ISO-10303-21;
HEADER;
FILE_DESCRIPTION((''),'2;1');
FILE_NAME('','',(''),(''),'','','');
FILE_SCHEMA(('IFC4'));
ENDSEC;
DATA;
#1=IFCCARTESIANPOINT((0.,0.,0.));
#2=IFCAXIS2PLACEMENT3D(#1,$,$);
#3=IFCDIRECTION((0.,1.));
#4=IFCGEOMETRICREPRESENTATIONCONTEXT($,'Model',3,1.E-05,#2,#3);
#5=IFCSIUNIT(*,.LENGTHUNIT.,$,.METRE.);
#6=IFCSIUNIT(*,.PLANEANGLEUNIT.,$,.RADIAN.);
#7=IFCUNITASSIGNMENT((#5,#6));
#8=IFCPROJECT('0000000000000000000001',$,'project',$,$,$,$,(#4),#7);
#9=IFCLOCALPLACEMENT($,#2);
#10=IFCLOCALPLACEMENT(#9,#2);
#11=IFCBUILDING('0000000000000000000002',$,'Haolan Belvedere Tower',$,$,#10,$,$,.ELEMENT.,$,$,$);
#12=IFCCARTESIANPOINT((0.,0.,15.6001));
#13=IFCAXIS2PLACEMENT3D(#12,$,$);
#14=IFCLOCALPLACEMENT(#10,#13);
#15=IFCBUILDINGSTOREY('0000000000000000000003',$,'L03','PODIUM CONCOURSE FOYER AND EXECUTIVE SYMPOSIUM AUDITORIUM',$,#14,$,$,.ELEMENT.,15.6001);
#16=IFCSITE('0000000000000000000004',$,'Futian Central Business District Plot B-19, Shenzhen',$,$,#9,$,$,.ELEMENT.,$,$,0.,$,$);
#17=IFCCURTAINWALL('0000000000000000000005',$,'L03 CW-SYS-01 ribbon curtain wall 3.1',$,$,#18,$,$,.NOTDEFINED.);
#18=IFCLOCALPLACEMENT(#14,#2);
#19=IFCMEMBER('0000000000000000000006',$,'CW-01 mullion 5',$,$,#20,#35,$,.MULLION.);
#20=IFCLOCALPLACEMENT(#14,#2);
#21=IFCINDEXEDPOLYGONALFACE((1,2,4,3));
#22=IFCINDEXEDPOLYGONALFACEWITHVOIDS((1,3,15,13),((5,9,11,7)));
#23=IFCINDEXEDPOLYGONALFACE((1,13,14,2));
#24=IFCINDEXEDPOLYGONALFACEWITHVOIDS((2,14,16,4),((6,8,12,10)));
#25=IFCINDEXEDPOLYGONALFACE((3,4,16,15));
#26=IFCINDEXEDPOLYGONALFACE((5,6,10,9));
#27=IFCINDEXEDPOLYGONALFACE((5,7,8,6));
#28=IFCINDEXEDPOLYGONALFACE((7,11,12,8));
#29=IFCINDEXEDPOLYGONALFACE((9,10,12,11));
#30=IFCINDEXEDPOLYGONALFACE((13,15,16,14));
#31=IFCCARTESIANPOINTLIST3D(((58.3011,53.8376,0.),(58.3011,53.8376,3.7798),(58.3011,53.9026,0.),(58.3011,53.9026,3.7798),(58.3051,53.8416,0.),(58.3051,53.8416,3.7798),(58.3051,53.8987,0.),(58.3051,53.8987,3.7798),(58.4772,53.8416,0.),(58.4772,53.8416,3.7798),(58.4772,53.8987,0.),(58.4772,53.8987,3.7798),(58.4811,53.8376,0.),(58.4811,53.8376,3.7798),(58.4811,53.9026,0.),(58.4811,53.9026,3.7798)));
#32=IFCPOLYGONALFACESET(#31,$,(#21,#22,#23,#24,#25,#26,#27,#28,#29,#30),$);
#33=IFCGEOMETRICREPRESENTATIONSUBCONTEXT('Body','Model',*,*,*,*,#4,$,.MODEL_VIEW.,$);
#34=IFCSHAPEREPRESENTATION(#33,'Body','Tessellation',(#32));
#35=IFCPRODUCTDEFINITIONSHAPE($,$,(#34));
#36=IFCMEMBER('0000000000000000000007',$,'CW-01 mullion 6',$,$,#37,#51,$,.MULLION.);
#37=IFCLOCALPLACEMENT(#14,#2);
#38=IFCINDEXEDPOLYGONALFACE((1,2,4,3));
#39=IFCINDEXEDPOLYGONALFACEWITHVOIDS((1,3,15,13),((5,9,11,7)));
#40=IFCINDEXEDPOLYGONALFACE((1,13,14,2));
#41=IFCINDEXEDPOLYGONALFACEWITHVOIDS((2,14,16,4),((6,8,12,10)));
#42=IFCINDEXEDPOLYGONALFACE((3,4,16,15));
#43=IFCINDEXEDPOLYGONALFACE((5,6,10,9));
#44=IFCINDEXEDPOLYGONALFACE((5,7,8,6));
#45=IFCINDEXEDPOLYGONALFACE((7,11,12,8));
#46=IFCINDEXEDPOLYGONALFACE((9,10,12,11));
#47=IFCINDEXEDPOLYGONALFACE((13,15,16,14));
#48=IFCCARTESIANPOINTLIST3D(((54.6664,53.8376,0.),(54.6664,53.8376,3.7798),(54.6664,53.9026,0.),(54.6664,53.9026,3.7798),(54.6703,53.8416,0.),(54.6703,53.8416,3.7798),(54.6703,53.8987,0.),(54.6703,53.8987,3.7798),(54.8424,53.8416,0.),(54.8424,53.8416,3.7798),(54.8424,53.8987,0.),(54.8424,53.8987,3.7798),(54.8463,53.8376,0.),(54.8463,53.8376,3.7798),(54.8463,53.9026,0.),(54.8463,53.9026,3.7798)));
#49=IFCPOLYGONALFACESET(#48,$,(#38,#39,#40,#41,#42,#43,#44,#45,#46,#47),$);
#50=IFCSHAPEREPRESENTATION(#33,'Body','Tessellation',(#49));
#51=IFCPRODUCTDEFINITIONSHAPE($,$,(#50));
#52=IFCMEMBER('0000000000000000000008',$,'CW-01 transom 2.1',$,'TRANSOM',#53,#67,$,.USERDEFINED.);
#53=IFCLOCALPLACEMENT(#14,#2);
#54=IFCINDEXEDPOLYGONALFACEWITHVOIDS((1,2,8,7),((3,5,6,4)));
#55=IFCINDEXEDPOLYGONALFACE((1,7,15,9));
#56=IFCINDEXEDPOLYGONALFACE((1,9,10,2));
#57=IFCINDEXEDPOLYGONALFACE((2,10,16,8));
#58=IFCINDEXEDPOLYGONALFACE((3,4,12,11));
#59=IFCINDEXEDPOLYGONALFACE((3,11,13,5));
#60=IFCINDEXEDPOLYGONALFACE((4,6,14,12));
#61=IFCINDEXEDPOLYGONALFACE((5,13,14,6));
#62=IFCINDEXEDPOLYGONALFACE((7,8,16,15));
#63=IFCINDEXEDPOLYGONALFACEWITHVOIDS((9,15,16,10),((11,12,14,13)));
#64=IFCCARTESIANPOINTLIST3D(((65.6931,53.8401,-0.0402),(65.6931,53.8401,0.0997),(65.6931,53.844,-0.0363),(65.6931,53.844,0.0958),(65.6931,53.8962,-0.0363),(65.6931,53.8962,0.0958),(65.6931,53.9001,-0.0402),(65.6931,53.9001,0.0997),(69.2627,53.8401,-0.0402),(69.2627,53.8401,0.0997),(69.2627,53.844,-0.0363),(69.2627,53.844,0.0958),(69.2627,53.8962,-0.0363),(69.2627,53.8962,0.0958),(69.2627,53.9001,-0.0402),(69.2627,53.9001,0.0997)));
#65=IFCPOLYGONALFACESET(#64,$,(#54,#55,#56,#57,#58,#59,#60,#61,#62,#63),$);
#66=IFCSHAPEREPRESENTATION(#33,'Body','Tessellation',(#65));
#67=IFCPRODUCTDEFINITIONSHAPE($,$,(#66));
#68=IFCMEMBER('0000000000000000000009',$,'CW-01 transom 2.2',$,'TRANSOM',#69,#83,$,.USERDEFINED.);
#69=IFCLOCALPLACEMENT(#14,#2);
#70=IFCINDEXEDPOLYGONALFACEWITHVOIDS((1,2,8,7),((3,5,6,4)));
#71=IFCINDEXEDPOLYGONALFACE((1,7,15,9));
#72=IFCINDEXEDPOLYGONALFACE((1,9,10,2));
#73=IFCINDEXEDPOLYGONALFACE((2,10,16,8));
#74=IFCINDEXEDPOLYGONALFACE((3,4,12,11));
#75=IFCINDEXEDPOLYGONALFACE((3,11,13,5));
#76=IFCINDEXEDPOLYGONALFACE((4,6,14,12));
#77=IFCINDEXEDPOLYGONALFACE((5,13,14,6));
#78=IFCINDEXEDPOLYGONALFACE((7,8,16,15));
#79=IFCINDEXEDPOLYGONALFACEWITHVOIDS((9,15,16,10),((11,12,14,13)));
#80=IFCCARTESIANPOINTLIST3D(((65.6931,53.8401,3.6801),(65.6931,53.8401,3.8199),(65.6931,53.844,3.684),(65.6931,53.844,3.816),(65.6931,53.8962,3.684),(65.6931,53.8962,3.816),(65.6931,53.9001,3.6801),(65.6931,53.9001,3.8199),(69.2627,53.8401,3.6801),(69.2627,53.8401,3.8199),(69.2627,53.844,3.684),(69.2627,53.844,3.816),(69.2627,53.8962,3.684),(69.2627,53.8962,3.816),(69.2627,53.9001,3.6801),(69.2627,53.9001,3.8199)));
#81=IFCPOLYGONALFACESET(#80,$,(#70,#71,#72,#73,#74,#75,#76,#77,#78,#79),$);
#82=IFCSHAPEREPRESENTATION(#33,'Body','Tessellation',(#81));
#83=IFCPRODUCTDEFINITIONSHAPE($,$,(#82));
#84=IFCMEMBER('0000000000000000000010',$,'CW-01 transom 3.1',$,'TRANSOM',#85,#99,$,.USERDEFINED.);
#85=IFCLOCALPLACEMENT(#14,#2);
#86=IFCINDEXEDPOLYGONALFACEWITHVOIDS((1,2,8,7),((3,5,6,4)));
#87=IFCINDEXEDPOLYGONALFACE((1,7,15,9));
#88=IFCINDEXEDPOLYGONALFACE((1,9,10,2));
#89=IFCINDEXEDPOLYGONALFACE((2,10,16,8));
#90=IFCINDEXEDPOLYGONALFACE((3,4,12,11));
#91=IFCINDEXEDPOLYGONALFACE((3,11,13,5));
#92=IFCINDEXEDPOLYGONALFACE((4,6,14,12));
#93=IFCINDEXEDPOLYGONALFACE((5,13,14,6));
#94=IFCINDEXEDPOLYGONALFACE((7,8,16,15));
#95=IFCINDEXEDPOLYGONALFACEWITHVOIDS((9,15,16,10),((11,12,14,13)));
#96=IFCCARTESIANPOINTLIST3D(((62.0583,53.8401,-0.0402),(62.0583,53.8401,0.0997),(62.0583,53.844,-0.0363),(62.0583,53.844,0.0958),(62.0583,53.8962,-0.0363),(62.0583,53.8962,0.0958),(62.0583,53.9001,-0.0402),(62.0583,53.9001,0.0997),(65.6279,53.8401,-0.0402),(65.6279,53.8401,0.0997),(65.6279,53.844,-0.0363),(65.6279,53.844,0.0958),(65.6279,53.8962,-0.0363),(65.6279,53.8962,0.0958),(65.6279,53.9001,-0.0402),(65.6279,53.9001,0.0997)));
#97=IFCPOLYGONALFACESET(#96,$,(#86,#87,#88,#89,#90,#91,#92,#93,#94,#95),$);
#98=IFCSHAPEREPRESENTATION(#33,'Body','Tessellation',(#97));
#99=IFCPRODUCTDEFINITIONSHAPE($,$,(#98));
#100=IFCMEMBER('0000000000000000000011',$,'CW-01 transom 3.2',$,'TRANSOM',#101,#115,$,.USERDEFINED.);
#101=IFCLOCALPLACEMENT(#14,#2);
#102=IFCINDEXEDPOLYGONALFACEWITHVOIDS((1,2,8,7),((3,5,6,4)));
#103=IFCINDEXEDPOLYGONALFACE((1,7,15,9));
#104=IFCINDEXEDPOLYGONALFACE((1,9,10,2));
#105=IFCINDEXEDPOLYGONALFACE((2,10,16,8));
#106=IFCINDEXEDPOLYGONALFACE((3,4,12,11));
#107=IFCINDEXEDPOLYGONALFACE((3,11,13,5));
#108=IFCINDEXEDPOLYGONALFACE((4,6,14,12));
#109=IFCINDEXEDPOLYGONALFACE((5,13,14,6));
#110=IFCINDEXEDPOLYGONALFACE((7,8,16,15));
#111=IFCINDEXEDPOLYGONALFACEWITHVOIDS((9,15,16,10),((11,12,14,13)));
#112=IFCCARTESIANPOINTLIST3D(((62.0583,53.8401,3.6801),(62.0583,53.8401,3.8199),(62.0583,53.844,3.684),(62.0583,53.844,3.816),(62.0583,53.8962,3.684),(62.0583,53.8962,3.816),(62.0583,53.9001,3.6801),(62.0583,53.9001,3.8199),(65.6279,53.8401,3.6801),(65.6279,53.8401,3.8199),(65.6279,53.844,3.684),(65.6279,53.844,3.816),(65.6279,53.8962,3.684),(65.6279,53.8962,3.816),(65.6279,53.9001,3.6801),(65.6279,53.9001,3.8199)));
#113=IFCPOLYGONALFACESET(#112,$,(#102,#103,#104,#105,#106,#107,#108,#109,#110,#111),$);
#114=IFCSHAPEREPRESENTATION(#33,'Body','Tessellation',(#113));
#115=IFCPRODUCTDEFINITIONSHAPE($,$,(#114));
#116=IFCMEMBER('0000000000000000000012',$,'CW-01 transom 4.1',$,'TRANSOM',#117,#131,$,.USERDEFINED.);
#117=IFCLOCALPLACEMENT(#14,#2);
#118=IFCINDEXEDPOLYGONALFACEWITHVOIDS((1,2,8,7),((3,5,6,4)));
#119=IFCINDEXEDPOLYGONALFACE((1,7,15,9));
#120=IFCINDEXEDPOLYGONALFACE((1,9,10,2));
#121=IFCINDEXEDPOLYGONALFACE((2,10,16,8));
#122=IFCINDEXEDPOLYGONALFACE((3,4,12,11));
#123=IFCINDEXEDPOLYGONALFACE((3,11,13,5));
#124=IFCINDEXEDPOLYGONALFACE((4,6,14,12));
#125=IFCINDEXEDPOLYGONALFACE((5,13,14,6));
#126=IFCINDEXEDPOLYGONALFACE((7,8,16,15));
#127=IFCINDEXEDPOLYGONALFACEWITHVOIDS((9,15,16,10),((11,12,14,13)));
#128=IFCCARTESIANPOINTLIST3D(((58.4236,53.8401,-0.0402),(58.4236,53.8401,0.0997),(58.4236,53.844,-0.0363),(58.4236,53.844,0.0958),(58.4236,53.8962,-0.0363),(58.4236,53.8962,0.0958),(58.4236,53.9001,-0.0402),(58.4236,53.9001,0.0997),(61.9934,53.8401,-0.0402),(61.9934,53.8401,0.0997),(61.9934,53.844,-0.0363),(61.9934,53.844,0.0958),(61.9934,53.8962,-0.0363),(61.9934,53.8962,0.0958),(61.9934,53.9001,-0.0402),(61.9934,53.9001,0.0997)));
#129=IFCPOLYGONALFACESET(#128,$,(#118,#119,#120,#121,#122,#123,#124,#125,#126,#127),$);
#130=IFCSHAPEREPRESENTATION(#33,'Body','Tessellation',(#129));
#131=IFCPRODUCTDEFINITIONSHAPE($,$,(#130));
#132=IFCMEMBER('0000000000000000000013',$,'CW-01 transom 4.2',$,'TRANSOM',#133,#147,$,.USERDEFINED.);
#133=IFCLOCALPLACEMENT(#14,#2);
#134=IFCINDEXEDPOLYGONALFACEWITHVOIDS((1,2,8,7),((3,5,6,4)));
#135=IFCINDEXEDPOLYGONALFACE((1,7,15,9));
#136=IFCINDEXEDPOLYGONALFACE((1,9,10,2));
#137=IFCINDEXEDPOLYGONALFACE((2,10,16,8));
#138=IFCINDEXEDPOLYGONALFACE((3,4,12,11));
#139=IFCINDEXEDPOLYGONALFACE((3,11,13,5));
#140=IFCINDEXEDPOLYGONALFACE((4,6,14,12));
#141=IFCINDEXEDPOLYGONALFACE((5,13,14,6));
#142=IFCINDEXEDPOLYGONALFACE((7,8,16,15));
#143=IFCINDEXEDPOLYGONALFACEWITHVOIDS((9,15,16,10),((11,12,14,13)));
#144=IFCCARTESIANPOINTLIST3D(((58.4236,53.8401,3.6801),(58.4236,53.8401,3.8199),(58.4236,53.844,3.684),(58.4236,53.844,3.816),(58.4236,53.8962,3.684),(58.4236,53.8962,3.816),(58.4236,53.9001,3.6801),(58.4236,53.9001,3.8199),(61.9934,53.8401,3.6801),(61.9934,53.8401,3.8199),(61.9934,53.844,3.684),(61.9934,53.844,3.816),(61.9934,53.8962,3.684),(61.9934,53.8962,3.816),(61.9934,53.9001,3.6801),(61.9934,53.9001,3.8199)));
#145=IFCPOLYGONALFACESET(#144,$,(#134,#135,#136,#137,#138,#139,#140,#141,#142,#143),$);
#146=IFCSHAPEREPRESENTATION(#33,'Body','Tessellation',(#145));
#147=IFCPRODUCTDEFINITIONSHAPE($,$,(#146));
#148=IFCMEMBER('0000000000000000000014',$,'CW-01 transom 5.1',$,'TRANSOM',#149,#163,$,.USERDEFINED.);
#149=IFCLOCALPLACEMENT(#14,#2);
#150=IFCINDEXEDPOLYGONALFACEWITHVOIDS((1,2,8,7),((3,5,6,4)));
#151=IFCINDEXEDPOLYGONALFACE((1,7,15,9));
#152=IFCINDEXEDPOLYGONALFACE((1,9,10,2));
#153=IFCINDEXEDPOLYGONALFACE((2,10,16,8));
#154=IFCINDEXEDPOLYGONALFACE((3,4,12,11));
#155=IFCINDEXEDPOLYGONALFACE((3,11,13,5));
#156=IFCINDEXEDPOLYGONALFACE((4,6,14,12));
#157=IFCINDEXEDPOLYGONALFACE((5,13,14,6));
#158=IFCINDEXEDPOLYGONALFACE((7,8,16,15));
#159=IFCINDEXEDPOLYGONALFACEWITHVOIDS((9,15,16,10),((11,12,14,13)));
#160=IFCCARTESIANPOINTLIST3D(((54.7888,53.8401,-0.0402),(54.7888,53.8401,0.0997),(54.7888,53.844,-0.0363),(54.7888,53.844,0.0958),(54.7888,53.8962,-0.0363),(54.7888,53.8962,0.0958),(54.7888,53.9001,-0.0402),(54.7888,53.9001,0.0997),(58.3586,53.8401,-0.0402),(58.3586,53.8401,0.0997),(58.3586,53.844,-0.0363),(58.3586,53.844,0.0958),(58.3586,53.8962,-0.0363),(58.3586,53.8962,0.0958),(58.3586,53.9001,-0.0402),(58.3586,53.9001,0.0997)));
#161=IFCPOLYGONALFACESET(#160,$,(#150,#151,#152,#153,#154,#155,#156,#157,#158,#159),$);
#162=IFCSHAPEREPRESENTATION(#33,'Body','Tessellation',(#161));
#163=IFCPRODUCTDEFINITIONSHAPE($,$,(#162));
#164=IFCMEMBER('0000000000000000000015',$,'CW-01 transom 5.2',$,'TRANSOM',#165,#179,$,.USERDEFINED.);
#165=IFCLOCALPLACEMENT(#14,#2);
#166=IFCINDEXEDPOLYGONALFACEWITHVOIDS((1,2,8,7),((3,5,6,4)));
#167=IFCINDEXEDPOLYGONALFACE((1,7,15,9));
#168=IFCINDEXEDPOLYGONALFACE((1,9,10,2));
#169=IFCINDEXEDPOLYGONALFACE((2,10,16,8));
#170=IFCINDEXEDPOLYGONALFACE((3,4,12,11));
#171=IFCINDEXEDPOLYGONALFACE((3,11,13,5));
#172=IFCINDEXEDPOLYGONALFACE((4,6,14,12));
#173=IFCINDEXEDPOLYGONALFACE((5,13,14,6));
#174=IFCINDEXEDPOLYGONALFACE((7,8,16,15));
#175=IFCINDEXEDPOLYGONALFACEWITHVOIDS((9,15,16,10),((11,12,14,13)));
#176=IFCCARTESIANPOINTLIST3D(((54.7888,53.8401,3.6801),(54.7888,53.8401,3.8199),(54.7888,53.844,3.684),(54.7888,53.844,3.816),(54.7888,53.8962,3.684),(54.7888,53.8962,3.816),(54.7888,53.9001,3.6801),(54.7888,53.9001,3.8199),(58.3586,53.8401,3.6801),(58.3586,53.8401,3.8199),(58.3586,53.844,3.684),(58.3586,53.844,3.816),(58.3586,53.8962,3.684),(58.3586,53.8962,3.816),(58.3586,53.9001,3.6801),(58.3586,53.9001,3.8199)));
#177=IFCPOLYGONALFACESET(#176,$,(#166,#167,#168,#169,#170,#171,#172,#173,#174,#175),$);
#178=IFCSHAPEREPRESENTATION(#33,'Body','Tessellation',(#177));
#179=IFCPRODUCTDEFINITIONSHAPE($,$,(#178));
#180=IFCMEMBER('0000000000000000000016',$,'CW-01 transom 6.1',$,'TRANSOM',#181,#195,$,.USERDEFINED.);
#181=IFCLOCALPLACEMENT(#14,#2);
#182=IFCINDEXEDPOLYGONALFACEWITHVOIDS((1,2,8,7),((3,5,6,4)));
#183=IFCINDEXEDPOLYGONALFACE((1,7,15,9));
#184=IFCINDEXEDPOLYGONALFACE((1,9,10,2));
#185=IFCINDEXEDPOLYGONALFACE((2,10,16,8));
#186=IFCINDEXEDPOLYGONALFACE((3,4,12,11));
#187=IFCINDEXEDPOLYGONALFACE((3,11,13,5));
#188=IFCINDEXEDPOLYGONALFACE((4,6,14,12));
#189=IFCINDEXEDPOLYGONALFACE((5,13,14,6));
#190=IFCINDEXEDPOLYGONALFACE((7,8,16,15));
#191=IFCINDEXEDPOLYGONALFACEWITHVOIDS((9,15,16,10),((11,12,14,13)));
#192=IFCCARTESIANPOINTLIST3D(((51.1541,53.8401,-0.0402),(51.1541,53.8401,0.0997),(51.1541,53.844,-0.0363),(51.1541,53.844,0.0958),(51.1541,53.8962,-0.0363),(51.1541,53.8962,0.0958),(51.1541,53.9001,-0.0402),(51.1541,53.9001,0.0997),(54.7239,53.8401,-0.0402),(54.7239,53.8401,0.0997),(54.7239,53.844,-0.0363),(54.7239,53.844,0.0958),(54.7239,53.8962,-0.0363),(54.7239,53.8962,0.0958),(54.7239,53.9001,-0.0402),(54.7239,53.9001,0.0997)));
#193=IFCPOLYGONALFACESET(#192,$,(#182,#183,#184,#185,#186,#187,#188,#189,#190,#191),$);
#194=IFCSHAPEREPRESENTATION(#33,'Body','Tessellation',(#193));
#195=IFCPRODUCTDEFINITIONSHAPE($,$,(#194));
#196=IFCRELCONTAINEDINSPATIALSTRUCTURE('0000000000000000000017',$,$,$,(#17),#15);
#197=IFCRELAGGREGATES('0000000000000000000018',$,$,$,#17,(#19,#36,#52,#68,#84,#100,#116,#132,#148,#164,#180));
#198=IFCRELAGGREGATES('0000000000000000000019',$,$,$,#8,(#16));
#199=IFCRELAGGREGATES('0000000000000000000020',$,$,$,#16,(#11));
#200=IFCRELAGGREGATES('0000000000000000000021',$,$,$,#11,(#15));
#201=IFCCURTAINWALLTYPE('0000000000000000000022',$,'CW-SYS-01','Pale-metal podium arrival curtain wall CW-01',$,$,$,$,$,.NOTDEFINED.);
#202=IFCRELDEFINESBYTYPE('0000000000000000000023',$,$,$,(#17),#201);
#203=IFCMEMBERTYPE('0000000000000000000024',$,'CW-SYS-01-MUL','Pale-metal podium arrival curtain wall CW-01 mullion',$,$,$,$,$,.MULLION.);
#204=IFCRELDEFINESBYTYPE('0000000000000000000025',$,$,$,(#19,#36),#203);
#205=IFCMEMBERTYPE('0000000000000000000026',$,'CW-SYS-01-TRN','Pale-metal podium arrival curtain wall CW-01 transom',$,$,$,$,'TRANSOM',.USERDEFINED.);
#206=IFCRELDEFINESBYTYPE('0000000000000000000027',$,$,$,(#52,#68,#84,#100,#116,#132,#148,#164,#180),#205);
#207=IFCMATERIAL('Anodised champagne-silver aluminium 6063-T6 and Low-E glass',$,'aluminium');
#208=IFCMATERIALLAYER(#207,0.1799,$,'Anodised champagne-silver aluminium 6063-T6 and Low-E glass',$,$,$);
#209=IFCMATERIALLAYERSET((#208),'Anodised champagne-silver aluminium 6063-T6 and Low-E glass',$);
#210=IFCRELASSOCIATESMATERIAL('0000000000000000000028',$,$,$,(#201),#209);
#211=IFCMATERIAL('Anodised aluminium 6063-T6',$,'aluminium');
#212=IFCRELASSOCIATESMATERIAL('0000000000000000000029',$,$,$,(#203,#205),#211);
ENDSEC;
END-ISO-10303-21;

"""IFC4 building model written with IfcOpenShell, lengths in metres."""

from ifc_helpers import new_model, si_unit, direction, frame, origin, origin_2d, place, context, subcontext, project, spatial, hollow_rectangle, extrude, material, layer, layer_set, material_profile, profile_set, type_object, element, aggregate, save


model = new_model("IFC4")

# Units and contexts
model_context = context("Model", 3, precision=1e-05, world=origin(), true_north=direction((0.0, 1.0)))
body_context = subcontext(model_context, "Body", "Model", "MODEL_VIEW")
ifc_project = project(units=[si_unit("LENGTHUNIT", "METRE"), si_unit("PLANEANGLEUNIT", "RADIAN")], contexts=[model_context])

# Site, building, storey
site_placement = place(None, origin())
site = spatial("IfcSite", under=ifc_project, at=site_placement, Name="Futian Central Business District Plot B-19, Shenzhen", CompositionType="ELEMENT", RefElevation=0.0)
building_placement = place(site_placement, origin())
building = spatial("IfcBuilding", under=site, at=building_placement, Name="Haolan Belvedere Tower", CompositionType="ELEMENT")
storey_placement = place(building_placement, frame((0.0, 0.0, 15.6001)))
storey = spatial("IfcBuildingStorey", under=building, at=storey_placement, Name="L03", Description="PODIUM CONCOURSE FOYER AND EXECUTIVE SYMPOSIUM AUDITORIUM", CompositionType="ELEMENT", Elevation=15.6001)

# Curtain wall, members
ifc_material_1 = material(Name="Anodised champagne-silver aluminium 6063-T6 and Low-E glass", Category="aluminium")
ifc_layer_1 = layer(ifc_material_1, 0.1799, Name="Anodised champagne-silver aluminium 6063-T6 and Low-E glass")
ifc_layer_set_1 = layer_set([ifc_layer_1], Name="Anodised champagne-silver aluminium 6063-T6 and Low-E glass")
curtain_wall_type = type_object("IfcCurtainWallType", Name="CW-SYS-01", Description="Pale-metal podium arrival curtain wall CW-01", PredefinedType="NOTDEFINED", material=ifc_layer_set_1)
curtain_wall_placement = place(storey_placement, origin())
curtain_wall = element("IfcCurtainWall", 1, at=curtain_wall_placement, inside=storey, type_object=curtain_wall_type, Name="L03 CW-SYS-01 ribbon curtain wall 3.1", PredefinedType="NOTDEFINED")
ifc_material_2 = material(Name="Anodised aluminium 6063-T6", Category="aluminium")
ifc_material_profile_1 = material_profile(ifc_material_2, hollow_rectangle(XDim=0.0649, YDim=0.1799, WallThickness=0.0039, at=origin_2d()), Name="Anodised aluminium 6063-T6")
ifc_profile_set_1 = profile_set([ifc_material_profile_1], Name="Anodised aluminium 6063-T6")
member_type_1 = type_object("IfcMemberType", Name="CW-SYS-01-MUL", Description="Pale-metal podium arrival curtain wall CW-01 mullion", PredefinedType="MULLION", material=ifc_profile_set_1)
member_1_placement = place(storey_placement, frame((58.3911, 53.8701, 0.0), z_axis=(0.0, 0.0, 1.0), x_axis=(0.0, -1.0, 0.0)))
member_1 = element("IfcMember", 2, at=member_1_placement, type_object=member_type_1, Name="CW-01 mullion 5", PredefinedType="MULLION", context=body_context, shape_type="SweptSolid", body=[
    extrude(hollow_rectangle(XDim=0.0649, YDim=0.1799, WallThickness=0.0039, at=origin_2d()), origin(), (0.0, 0.0, 1.0), 3.7798),
])
member_2_placement = place(storey_placement, frame((54.7563, 53.8701, 0.0), z_axis=(0.0, 0.0, 1.0), x_axis=(0.0, -1.0, 0.0)))
member_2 = element("IfcMember", 3, at=member_2_placement, type_object=member_type_1, Name="CW-01 mullion 6", PredefinedType="MULLION", context=body_context, shape_type="SweptSolid", body=[
    extrude(hollow_rectangle(XDim=0.0649, YDim=0.1799, WallThickness=0.0039, at=origin_2d()), origin(), (0.0, 0.0, 1.0), 3.7798),
])
ifc_material_profile_2 = material_profile(ifc_material_2, hollow_rectangle(XDim=0.0601, YDim=0.1399, WallThickness=0.0039, at=origin_2d()), Name="Anodised aluminium 6063-T6")
ifc_profile_set_2 = profile_set([ifc_material_profile_2], Name="Anodised aluminium 6063-T6")
member_type_2 = type_object("IfcMemberType", Name="CW-SYS-01-TRN", Description="Pale-metal podium arrival curtain wall CW-01 transom", ElementType="TRANSOM", PredefinedType="USERDEFINED", material=ifc_profile_set_2)
member_3_placement = place(storey_placement, frame((69.2627, 53.8701, 0.0298), z_axis=(-1.0, 0.0, 0.0), x_axis=(0.0, -1.0, 0.0)))
member_3 = element("IfcMember", 4, at=member_3_placement, type_object=member_type_2, Name="CW-01 transom 2.1", ObjectType="TRANSOM", PredefinedType="USERDEFINED", context=body_context, shape_type="SweptSolid", body=[
    extrude(hollow_rectangle(XDim=0.0601, YDim=0.1399, WallThickness=0.0039, at=origin_2d()), origin(), (0.0, 0.0, 1.0), 3.5696),
])
member_4_placement = place(storey_placement, frame((69.2627, 53.8701, 3.75), z_axis=(-1.0, 0.0, 0.0), x_axis=(0.0, -1.0, 0.0)))
member_4 = element("IfcMember", 5, at=member_4_placement, type_object=member_type_2, Name="CW-01 transom 2.2", ObjectType="TRANSOM", PredefinedType="USERDEFINED", context=body_context, shape_type="SweptSolid", body=[
    extrude(hollow_rectangle(XDim=0.0601, YDim=0.1399, WallThickness=0.0039, at=origin_2d()), origin(), (0.0, 0.0, 1.0), 3.5696),
])
member_5_placement = place(storey_placement, frame((65.6279, 53.8701, 0.0298), z_axis=(-1.0, 0.0, 0.0), x_axis=(0.0, -1.0, 0.0)))
member_5 = element("IfcMember", 6, at=member_5_placement, type_object=member_type_2, Name="CW-01 transom 3.1", ObjectType="TRANSOM", PredefinedType="USERDEFINED", context=body_context, shape_type="SweptSolid", body=[
    extrude(hollow_rectangle(XDim=0.0601, YDim=0.1399, WallThickness=0.0039, at=origin_2d()), origin(), (0.0, 0.0, 1.0), 3.5696),
])
member_6_placement = place(storey_placement, frame((65.6279, 53.8701, 3.75), z_axis=(-1.0, 0.0, 0.0), x_axis=(0.0, -1.0, 0.0)))
member_6 = element("IfcMember", 7, at=member_6_placement, type_object=member_type_2, Name="CW-01 transom 3.2", ObjectType="TRANSOM", PredefinedType="USERDEFINED", context=body_context, shape_type="SweptSolid", body=[
    extrude(hollow_rectangle(XDim=0.0601, YDim=0.1399, WallThickness=0.0039, at=origin_2d()), origin(), (0.0, 0.0, 1.0), 3.5696),
])
member_7_placement = place(storey_placement, frame((61.9934, 53.8701, 0.0298), z_axis=(-1.0, 0.0, 0.0), x_axis=(0.0, -1.0, 0.0)))
member_7 = element("IfcMember", 8, at=member_7_placement, type_object=member_type_2, Name="CW-01 transom 4.1", ObjectType="TRANSOM", PredefinedType="USERDEFINED", context=body_context, shape_type="SweptSolid", body=[
    extrude(hollow_rectangle(XDim=0.0601, YDim=0.1399, WallThickness=0.0039, at=origin_2d()), origin(), (0.0, 0.0, 1.0), 3.5698),
])
member_8_placement = place(storey_placement, frame((61.9934, 53.8701, 3.75), z_axis=(-1.0, 0.0, 0.0), x_axis=(0.0, -1.0, 0.0)))
member_8 = element("IfcMember", 9, at=member_8_placement, type_object=member_type_2, Name="CW-01 transom 4.2", ObjectType="TRANSOM", PredefinedType="USERDEFINED", context=body_context, shape_type="SweptSolid", body=[
    extrude(hollow_rectangle(XDim=0.0601, YDim=0.1399, WallThickness=0.0039, at=origin_2d()), origin(), (0.0, 0.0, 1.0), 3.5698),
])
member_9_placement = place(storey_placement, frame((58.3586, 53.8701, 0.0298), z_axis=(-1.0, 0.0, 0.0), x_axis=(0.0, -1.0, 0.0)))
member_9 = element("IfcMember", 10, at=member_9_placement, type_object=member_type_2, Name="CW-01 transom 5.1", ObjectType="TRANSOM", PredefinedType="USERDEFINED", context=body_context, shape_type="SweptSolid", body=[
    extrude(hollow_rectangle(XDim=0.0601, YDim=0.1399, WallThickness=0.0039, at=origin_2d()), origin(), (0.0, 0.0, 1.0), 3.5698),
])
member_10_placement = place(storey_placement, frame((58.3586, 53.8701, 3.75), z_axis=(-1.0, 0.0, 0.0), x_axis=(0.0, -1.0, 0.0)))
member_10 = element("IfcMember", 11, at=member_10_placement, type_object=member_type_2, Name="CW-01 transom 5.2", ObjectType="TRANSOM", PredefinedType="USERDEFINED", context=body_context, shape_type="SweptSolid", body=[
    extrude(hollow_rectangle(XDim=0.0601, YDim=0.1399, WallThickness=0.0039, at=origin_2d()), origin(), (0.0, 0.0, 1.0), 3.5698),
])
member_11_placement = place(storey_placement, frame((54.7239, 53.8701, 0.0298), z_axis=(-1.0, 0.0, 0.0), x_axis=(0.0, -1.0, 0.0)))
member_11 = element("IfcMember", 12, at=member_11_placement, type_object=member_type_2, Name="CW-01 transom 6.1", ObjectType="TRANSOM", PredefinedType="USERDEFINED", context=body_context, shape_type="SweptSolid", body=[
    extrude(hollow_rectangle(XDim=0.0601, YDim=0.1399, WallThickness=0.0039, at=origin_2d()), origin(), (0.0, 0.0, 1.0), 3.5698),
])
aggregate(curtain_wall, [member_1, member_2, member_3, member_4, member_5, member_6, member_7, member_8, member_9, member_10, member_11])

save(model, "model.ifc")
